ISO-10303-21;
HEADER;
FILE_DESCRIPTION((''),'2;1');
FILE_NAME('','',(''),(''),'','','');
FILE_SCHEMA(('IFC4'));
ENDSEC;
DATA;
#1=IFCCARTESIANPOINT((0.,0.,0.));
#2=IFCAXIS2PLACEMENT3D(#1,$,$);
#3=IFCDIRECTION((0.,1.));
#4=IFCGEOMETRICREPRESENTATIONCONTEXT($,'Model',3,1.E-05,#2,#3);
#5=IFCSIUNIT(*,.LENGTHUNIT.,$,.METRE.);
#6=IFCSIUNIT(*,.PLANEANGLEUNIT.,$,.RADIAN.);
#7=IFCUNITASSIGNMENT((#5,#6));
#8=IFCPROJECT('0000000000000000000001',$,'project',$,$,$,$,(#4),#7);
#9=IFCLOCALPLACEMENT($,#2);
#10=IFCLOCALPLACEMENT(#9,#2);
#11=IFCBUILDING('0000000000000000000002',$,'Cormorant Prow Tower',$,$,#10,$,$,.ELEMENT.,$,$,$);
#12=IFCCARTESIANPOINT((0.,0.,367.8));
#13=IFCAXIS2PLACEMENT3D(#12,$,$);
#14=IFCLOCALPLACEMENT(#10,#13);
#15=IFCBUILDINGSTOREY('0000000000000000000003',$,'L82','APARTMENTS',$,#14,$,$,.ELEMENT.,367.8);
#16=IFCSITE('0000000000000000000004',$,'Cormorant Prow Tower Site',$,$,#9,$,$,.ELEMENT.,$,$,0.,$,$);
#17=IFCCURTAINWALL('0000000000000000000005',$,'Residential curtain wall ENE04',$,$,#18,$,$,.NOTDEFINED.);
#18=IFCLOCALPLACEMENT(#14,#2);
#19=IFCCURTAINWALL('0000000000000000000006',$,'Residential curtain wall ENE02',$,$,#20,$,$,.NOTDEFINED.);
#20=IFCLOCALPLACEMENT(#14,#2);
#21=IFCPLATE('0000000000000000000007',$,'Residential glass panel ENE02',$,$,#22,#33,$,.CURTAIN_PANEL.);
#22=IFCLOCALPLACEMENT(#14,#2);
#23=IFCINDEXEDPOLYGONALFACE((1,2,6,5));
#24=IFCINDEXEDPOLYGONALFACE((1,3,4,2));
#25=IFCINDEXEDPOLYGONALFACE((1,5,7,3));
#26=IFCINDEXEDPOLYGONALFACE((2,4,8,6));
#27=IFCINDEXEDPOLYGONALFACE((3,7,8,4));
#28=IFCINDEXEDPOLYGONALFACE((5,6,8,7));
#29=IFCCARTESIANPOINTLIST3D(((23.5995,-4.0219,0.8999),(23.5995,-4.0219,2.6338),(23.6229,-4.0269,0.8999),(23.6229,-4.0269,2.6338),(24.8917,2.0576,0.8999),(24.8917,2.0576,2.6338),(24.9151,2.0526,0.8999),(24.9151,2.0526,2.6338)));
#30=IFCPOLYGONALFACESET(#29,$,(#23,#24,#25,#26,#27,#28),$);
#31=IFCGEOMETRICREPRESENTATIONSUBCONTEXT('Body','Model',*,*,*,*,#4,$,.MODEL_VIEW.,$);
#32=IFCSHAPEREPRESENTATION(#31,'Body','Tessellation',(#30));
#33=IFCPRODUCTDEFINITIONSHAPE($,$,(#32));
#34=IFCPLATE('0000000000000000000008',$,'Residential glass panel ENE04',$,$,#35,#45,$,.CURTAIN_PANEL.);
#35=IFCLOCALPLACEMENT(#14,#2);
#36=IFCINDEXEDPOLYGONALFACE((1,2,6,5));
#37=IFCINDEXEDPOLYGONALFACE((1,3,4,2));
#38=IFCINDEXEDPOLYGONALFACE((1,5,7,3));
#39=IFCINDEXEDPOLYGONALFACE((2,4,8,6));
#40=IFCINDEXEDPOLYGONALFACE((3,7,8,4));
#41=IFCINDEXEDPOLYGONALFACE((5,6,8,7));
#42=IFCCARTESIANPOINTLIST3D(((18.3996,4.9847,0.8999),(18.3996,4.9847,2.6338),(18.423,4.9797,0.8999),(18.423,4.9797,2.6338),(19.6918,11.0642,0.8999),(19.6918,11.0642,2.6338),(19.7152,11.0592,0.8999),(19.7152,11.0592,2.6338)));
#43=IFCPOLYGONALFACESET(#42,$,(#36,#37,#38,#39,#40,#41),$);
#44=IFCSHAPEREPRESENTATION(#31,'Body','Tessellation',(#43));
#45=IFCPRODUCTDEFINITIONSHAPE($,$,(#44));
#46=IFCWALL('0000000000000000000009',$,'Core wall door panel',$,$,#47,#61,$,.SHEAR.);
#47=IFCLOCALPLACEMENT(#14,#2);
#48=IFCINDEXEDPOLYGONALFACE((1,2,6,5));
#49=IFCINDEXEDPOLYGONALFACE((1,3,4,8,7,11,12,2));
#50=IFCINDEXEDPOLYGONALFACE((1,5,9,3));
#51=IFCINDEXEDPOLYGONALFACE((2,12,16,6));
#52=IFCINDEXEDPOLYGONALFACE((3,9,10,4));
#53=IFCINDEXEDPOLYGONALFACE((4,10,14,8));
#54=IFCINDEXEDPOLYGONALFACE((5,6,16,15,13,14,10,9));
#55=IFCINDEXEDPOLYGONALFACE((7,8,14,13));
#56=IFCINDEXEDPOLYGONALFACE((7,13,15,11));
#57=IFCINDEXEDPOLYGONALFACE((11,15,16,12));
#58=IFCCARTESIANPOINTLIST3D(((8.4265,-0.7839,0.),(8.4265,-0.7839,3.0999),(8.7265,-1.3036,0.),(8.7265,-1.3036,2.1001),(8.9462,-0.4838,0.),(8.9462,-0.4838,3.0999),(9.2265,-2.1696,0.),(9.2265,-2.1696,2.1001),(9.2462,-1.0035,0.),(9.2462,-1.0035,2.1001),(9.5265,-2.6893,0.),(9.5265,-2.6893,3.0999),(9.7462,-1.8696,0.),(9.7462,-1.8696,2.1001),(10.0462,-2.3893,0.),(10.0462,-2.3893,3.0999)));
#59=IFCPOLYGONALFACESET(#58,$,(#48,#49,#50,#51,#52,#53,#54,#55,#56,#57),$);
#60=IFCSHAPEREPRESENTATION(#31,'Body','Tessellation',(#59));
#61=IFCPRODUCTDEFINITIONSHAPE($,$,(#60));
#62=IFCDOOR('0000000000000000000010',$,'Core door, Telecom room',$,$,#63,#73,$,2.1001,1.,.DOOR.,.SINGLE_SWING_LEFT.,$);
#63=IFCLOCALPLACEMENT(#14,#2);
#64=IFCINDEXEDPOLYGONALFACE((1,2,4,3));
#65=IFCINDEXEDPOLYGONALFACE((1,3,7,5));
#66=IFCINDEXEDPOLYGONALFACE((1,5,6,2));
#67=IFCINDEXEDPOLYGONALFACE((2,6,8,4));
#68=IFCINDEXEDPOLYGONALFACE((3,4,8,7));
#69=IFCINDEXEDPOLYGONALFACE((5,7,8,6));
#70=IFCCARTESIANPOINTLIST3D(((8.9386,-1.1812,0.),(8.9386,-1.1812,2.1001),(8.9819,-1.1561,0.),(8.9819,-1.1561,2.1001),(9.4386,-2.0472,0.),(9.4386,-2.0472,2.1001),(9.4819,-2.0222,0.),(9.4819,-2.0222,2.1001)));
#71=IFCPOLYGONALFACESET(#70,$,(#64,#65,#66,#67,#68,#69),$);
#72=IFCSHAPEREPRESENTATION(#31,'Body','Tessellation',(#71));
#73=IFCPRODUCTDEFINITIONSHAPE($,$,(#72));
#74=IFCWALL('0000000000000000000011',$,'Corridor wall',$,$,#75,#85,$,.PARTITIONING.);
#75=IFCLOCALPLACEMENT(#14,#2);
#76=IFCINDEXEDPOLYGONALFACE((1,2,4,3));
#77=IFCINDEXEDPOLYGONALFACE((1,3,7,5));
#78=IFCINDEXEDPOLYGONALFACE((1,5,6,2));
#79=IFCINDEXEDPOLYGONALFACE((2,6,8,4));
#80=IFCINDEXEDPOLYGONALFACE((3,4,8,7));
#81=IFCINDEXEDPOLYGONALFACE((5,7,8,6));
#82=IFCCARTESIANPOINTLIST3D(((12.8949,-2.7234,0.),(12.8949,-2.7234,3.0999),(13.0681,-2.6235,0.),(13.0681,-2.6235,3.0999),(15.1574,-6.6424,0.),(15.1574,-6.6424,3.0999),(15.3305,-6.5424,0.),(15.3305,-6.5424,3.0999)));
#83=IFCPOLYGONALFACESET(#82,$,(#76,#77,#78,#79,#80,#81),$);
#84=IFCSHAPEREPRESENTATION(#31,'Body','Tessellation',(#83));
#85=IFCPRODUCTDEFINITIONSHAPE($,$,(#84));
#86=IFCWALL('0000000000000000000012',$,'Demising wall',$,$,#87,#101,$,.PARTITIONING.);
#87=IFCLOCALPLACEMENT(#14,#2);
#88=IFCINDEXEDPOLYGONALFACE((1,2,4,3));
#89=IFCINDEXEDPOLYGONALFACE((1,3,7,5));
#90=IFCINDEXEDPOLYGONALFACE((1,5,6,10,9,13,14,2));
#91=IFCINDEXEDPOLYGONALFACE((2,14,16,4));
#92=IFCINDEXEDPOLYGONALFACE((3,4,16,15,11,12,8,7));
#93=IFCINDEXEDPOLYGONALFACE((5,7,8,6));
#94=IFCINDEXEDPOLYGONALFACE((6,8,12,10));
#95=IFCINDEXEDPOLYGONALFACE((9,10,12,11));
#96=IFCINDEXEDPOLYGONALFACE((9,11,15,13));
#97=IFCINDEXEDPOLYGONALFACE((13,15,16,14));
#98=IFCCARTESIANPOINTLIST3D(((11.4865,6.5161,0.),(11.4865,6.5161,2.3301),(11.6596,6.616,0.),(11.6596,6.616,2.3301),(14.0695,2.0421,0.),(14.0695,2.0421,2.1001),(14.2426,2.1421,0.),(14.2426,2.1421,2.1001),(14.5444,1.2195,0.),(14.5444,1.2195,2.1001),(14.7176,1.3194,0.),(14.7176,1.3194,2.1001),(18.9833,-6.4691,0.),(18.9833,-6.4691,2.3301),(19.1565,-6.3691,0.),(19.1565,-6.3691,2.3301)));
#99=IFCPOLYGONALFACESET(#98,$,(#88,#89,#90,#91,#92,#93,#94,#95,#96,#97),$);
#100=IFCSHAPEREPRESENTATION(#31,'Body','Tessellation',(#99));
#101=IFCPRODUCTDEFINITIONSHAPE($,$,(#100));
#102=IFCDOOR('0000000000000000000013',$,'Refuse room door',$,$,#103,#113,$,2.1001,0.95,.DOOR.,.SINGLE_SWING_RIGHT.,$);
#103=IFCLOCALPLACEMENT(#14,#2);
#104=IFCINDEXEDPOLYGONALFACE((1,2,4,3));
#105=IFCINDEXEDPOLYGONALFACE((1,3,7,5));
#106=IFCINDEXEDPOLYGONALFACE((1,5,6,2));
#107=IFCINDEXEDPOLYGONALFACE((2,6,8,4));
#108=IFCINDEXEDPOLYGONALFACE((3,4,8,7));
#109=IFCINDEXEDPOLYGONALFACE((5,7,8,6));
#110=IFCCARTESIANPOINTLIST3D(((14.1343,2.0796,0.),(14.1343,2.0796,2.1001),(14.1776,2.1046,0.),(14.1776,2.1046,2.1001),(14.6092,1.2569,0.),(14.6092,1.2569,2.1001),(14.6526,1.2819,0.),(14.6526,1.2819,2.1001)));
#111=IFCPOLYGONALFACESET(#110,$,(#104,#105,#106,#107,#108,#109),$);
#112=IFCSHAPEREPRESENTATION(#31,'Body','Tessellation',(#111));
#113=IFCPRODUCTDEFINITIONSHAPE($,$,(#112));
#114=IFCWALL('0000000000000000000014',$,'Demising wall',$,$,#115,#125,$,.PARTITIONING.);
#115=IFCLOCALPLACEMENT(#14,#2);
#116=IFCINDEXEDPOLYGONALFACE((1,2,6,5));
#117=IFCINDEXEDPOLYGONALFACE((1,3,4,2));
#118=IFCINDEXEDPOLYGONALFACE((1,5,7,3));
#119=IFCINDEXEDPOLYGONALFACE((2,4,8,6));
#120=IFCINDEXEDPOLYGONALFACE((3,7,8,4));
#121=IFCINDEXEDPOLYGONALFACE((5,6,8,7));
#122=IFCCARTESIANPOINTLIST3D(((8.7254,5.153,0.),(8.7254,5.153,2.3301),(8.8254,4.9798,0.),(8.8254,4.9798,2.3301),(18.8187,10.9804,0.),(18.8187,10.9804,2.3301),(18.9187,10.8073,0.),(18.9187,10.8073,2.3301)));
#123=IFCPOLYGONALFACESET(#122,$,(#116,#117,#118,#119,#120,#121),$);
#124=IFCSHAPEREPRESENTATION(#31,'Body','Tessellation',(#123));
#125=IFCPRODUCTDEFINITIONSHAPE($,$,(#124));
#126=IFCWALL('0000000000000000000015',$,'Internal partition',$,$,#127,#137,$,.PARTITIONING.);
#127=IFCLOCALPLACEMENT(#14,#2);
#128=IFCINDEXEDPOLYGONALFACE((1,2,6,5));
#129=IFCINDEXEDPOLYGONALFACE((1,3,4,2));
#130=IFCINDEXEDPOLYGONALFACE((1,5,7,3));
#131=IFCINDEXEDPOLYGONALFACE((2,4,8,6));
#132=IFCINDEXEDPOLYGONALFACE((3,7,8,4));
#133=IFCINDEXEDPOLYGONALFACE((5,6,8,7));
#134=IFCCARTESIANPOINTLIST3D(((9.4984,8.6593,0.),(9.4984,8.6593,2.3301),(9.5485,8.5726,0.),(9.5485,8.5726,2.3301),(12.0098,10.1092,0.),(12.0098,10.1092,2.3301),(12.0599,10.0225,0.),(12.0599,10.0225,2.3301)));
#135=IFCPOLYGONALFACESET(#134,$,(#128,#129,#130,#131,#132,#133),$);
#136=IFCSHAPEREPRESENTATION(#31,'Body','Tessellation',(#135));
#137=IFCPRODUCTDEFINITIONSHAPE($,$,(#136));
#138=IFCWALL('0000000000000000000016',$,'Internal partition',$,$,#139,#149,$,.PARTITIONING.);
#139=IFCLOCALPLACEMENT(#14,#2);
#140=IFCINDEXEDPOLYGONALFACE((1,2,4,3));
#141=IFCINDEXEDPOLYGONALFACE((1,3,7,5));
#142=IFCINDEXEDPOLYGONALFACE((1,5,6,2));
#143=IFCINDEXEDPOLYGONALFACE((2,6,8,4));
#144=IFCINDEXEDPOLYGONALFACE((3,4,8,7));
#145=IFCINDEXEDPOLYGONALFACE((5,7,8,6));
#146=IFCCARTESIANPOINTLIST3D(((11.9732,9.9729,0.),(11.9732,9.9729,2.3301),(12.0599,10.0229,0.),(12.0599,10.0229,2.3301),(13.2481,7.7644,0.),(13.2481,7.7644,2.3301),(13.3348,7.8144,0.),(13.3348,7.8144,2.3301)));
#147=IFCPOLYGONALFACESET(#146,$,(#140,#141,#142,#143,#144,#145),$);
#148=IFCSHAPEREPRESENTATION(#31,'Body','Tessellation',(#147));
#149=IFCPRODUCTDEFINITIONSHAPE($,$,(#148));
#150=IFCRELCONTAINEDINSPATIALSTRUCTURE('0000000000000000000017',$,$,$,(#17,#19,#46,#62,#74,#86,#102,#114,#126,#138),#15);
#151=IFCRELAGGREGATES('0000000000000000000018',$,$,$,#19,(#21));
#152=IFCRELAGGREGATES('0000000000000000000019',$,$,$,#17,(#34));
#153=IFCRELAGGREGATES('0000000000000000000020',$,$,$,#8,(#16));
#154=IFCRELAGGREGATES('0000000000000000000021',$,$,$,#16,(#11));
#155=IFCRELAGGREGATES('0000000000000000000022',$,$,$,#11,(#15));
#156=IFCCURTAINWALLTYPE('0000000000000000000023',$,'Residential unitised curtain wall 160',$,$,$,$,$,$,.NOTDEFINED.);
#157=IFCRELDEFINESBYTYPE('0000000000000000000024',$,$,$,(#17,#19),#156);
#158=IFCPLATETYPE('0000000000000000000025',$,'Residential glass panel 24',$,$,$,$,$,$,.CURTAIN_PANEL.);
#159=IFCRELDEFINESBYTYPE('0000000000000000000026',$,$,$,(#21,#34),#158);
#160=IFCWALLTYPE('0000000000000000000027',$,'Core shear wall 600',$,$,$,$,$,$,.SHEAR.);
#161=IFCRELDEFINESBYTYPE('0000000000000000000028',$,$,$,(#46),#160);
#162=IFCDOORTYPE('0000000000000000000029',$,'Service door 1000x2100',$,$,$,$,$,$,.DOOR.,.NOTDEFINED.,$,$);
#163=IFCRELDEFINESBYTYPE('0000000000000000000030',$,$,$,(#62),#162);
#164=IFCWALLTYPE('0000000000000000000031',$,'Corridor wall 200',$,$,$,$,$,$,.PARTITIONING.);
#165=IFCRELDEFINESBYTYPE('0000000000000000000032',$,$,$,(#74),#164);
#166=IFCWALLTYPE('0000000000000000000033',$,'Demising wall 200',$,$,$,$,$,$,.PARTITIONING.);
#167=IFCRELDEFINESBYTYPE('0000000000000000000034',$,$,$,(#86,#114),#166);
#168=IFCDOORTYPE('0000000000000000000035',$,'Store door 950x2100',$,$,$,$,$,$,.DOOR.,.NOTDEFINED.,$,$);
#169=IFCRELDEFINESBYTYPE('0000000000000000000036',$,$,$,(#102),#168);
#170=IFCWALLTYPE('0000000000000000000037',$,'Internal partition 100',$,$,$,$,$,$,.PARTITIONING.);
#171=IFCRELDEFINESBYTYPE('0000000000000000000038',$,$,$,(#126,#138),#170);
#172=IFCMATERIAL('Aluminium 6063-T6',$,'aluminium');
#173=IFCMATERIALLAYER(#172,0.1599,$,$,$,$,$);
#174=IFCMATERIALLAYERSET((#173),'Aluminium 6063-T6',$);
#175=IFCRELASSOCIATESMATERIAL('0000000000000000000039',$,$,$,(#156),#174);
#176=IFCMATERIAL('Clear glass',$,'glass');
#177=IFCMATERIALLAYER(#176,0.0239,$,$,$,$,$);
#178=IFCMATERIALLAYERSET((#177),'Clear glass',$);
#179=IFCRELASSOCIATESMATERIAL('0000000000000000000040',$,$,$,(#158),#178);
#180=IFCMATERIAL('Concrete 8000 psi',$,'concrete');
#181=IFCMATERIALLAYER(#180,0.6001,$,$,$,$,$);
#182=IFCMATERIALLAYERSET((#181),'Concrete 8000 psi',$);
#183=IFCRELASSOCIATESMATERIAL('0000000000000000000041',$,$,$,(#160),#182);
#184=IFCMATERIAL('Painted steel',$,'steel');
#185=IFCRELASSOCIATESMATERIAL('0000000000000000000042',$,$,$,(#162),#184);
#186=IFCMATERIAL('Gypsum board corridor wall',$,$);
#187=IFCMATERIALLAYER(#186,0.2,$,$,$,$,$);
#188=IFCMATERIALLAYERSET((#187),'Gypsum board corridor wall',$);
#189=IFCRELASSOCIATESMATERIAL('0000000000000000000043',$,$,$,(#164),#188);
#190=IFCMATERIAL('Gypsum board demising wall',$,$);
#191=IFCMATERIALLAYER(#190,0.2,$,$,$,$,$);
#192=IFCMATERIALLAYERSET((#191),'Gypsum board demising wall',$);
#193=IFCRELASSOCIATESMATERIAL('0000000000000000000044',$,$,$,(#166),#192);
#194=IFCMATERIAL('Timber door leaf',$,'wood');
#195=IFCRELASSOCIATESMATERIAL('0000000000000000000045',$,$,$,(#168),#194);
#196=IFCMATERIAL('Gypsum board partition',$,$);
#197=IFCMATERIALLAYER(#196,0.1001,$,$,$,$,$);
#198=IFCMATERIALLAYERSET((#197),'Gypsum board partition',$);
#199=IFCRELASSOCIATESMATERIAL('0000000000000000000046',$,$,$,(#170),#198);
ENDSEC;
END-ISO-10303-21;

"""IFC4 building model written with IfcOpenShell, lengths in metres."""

from ifc_helpers import new_model, si_unit, direction, frame, frame_2d, origin, origin_2d, place, context, subcontext, project, spatial, rectangle, extrude, material, layer, layer_set, type_object, element, fill, aggregate, save


model = new_model("IFC4")

# Units and contexts
model_context = context("Model", 3, precision=1e-05, world=origin(), true_north=direction((0.0, 1.0)))
body_context = subcontext(model_context, "Body", "Model", "MODEL_VIEW")
ifc_project = project(units=[si_unit("LENGTHUNIT", "METRE"), si_unit("PLANEANGLEUNIT", "RADIAN")], contexts=[model_context])

# Site, building, storey
site_placement = place(None, origin())
site = spatial("IfcSite", under=ifc_project, at=site_placement, Name="Cormorant Prow Tower Site", CompositionType="ELEMENT", RefElevation=0.0)
building_placement = place(site_placement, origin())
building = spatial("IfcBuilding", under=site, at=building_placement, Name="Cormorant Prow Tower", CompositionType="ELEMENT")
storey_placement = place(building_placement, frame((0.0, 0.0, 367.8)))
storey = spatial("IfcBuildingStorey", under=building, at=storey_placement, Name="L82", Description="APARTMENTS", CompositionType="ELEMENT", Elevation=367.8)

# Curtain wall
ifc_material_1 = material(Name="Aluminium 6063-T6", Category="aluminium")
ifc_layer_1 = layer(ifc_material_1, 0.1599)
ifc_layer_set_1 = layer_set([ifc_layer_1], Name="Aluminium 6063-T6")
curtain_wall_type = type_object("IfcCurtainWallType", Name="Residential unitised curtain wall 160", PredefinedType="NOTDEFINED", material=ifc_layer_set_1)
curtain_wall_1_placement = place(storey_placement, origin())
curtain_wall_1 = element("IfcCurtainWall", 1, at=curtain_wall_1_placement, inside=storey, type_object=curtain_wall_type, Name="Residential curtain wall ENE04", PredefinedType="NOTDEFINED")

# Curtain wall, plate
curtain_wall_2_placement = place(storey_placement, origin())
curtain_wall_2 = element("IfcCurtainWall", 2, at=curtain_wall_2_placement, inside=storey, type_object=curtain_wall_type, Name="Residential curtain wall ENE02", PredefinedType="NOTDEFINED")
ifc_material_2 = material(Name="Clear glass", Category="glass")
ifc_layer_2 = layer(ifc_material_2, 0.0239)
ifc_layer_set_2 = layer_set([ifc_layer_2], Name="Clear glass")
plate_type = type_object("IfcPlateType", Name="Residential glass panel 24", PredefinedType="CURTAIN_PANEL", material=ifc_layer_set_2)
plate_1_placement = place(storey_placement, frame((24.2573, -0.9846, 0.8999), z_axis=(0.0, 0.0, 1.0), x_axis=(0.207912, 0.978148, 0.0)))
plate_1 = element("IfcPlate", 3, at=plate_1_placement, type_object=plate_type, Name="Residential glass panel ENE02", PredefinedType="CURTAIN_PANEL", context=body_context, shape_type="SweptSolid", body=[
    extrude(rectangle(XDim=6.2153, YDim=0.0239, at=origin_2d()), origin(), (0.0, 0.0, 1.0), 1.7339),
])
aggregate(curtain_wall_2, [plate_1])

# Plate
plate_2_placement = place(storey_placement, frame((19.0574, 8.022, 0.8999), z_axis=(0.0, 0.0, 1.0), x_axis=(0.207912, 0.978148, 0.0)))
plate_2 = element("IfcPlate", 4, at=plate_2_placement, type_object=plate_type, Name="Residential glass panel ENE04", PredefinedType="CURTAIN_PANEL", context=body_context, shape_type="SweptSolid", body=[
    extrude(rectangle(XDim=6.2153, YDim=0.0239, at=origin_2d()), origin(), (0.0, 0.0, 1.0), 1.7339),
])
aggregate(curtain_wall_1, [plate_2])

# Wall, opening, door
ifc_material_3 = material(Name="Concrete 8000 psi", Category="concrete")
ifc_layer_3 = layer(ifc_material_3, 0.6001)
ifc_layer_set_3 = layer_set([ifc_layer_3], Name="Concrete 8000 psi")
wall_type_1 = type_object("IfcWallType", Name="Core shear wall 600", PredefinedType="SHEAR", material=ifc_layer_set_3)
wall_1_placement = place(storey_placement, frame((9.7864, -2.5393, 0.0), z_axis=(0.0, 0.0, 1.0), x_axis=(-0.499982, 0.866036, 0.0)))
wall_1 = element("IfcWall", 5, at=wall_1_placement, inside=storey, type_object=wall_type_1, Name="Core wall door panel", PredefinedType="SHEAR", context=body_context, shape_type="SweptSolid", body=[
    extrude(rectangle(XDim=2.2002, YDim=0.6001, at=frame_2d((1.1001, 0.0))), origin(), (0.0, 0.0, 1.0), 3.0999),
])
opening_1_placement = place(wall_1_placement, frame((0.6001, 0.0, 0.0)))
opening_1 = element("IfcOpeningElement", 6, at=opening_1_placement, cuts=wall_1, PredefinedType="OPENING", context=body_context, shape_type="SweptSolid", body=[
    extrude(rectangle(XDim=1.0, YDim=2.1001, at=frame_2d((0.5, 1.05))), frame((0.0, 0.3101, 0.0), z_axis=(0.0, -1.0, 0.0), x_axis=(1.0, 0.0, 0.0)), (0.0, 0.0, 1.0), 0.6201),
])
ifc_material_4 = material(Name="Painted steel", Category="steel")
door_type_1 = type_object("IfcDoorType", Name="Service door 1000x2100", OperationType="NOTDEFINED", PredefinedType="DOOR", material=ifc_material_4)
door_1_placement = place(opening_1_placement, origin())
door_1 = element("IfcDoor", 7, at=door_1_placement, inside=storey, type_object=door_type_1, Name="Core door, Telecom room", OperationType="SINGLE_SWING_LEFT", OverallHeight=2.1001, OverallWidth=1.0, PredefinedType="DOOR", context=body_context, shape_type="SweptSolid", body=[
    extrude(rectangle(XDim=1.0, YDim=2.1001, at=frame_2d((0.5, 1.05))), frame((0.0, 0.0552, 0.0), z_axis=(0.0, -1.0, 0.0), x_axis=(1.0, 0.0, 0.0)), (0.0, 0.0, 1.0), 0.05),
])
fill(opening_1, door_1)

# Wall
ifc_material_5 = material(Name="Gypsum board corridor wall")
ifc_layer_4 = layer(ifc_material_5, 0.2)
ifc_layer_set_4 = layer_set([ifc_layer_4], Name="Gypsum board corridor wall")
wall_type_2 = type_object("IfcWallType", Name="Corridor wall 200", PredefinedType="PARTITIONING", material=ifc_layer_set_4)
wall_2_placement = place(storey_placement, frame((12.9814, -2.6733, 0.0), z_axis=(0.0, 0.0, 1.0), x_axis=(0.499975, -0.86604, 0.0)))
element("IfcWall", 8, at=wall_2_placement, inside=storey, type_object=wall_type_2, Name="Corridor wall", PredefinedType="PARTITIONING", context=body_context, shape_type="SweptSolid", body=[
    extrude(rectangle(XDim=4.5251, YDim=0.2, at=frame_2d((2.2627, 0.0))), origin(), (0.0, 0.0, 1.0), 3.0999),
])

# Wall, opening, door
ifc_material_6 = material(Name="Gypsum board demising wall")
ifc_layer_5 = layer(ifc_material_6, 0.2)
ifc_layer_set_5 = layer_set([ifc_layer_5], Name="Gypsum board demising wall")
wall_type_3 = type_object("IfcWallType", Name="Demising wall 200", PredefinedType="PARTITIONING", material=ifc_layer_set_5)
wall_3_placement = place(storey_placement, frame((11.573, 6.5662, 0.0), z_axis=(0.0, 0.0, 1.0), x_axis=(0.499994, -0.866029, 0.0)))
wall_3 = element("IfcWall", 9, at=wall_3_placement, inside=storey, type_object=wall_type_3, Name="Demising wall", PredefinedType="PARTITIONING", context=body_context, shape_type="SweptSolid", body=[
    extrude(rectangle(XDim=14.9939, YDim=0.2, at=frame_2d((7.4971, 0.0))), origin(), (0.0, 0.0, 1.0), 2.3301),
])
opening_2_placement = place(wall_3_placement, frame((5.166, 0.0, 0.0)))
opening_2 = element("IfcOpeningElement", 10, at=opening_2_placement, cuts=wall_3, PredefinedType="OPENING", context=body_context, shape_type="SweptSolid", body=[
    extrude(rectangle(XDim=0.95, YDim=2.1001, at=frame_2d((0.4751, 1.05))), frame((0.0, 0.1099, 0.0), z_axis=(0.0, -1.0, 0.0), x_axis=(1.0, 0.0, 0.0)), (0.0, 0.0, 1.0), 0.22),
])
ifc_material_7 = material(Name="Timber door leaf", Category="wood")
door_type_2 = type_object("IfcDoorType", Name="Store door 950x2100", OperationType="NOTDEFINED", PredefinedType="DOOR", material=ifc_material_7)
door_2_placement = place(opening_2_placement, origin())
door_2 = element("IfcDoor", 11, at=door_2_placement, inside=storey, type_object=door_type_2, Name="Refuse room door", OperationType="SINGLE_SWING_RIGHT", OverallHeight=2.1001, OverallWidth=0.95, PredefinedType="DOOR", context=body_context, shape_type="SweptSolid", body=[
    extrude(rectangle(XDim=0.95, YDim=2.1001, at=frame_2d((0.4751, 1.05))), frame((0.0, 0.0249, 0.0), z_axis=(0.0, -1.0, 0.0), x_axis=(1.0, 0.0, 0.0)), (0.0, 0.0, 1.0), 0.05),
])
fill(opening_2, door_2)

# Walls
wall_4_placement = place(storey_placement, frame((8.7754, 5.0664, 0.0), z_axis=(0.0, 0.0, 1.0), x_axis=(0.866024, 0.500003, 0.0)))
element("IfcWall", 12, at=wall_4_placement, inside=storey, type_object=wall_type_3, Name="Demising wall", PredefinedType="PARTITIONING", context=body_context, shape_type="SweptSolid", body=[
    extrude(rectangle(XDim=11.6548, YDim=0.2, at=frame_2d((5.8274, 0.0))), origin(), (0.0, 0.0, 1.0), 2.3301),
])
ifc_material_8 = material(Name="Gypsum board partition")
ifc_layer_6 = layer(ifc_material_8, 0.1001)
ifc_layer_set_6 = layer_set([ifc_layer_6], Name="Gypsum board partition")
wall_type_4 = type_object("IfcWallType", Name="Internal partition 100", PredefinedType="PARTITIONING", material=ifc_layer_set_6)
wall_5_placement = place(storey_placement, frame((9.5234, 8.616, 0.0), z_axis=(0.0, 0.0, 1.0), x_axis=(0.866033, 0.499987, 0.0)))
element("IfcWall", 13, at=wall_5_placement, inside=storey, type_object=wall_type_4, Name="Internal partition", PredefinedType="PARTITIONING", context=body_context, shape_type="SweptSolid", body=[
    extrude(rectangle(XDim=2.8999, YDim=0.1001, at=frame_2d((1.45, 0.0))), origin(), (0.0, 0.0, 1.0), 2.3301),
])
wall_6_placement = place(storey_placement, frame((12.0166, 9.9978, 0.0), z_axis=(0.0, 0.0, 1.0), x_axis=(0.499949, -0.866055, 0.0)))
element("IfcWall", 14, at=wall_6_placement, inside=storey, type_object=wall_type_4, Name="Internal partition", PredefinedType="PARTITIONING", context=body_context, shape_type="SweptSolid", body=[
    extrude(rectangle(XDim=2.55, YDim=0.1001, at=frame_2d((1.2749, 0.0))), origin(), (0.0, 0.0, 1.0), 2.3301),
])

save(model, "model.ifc")
